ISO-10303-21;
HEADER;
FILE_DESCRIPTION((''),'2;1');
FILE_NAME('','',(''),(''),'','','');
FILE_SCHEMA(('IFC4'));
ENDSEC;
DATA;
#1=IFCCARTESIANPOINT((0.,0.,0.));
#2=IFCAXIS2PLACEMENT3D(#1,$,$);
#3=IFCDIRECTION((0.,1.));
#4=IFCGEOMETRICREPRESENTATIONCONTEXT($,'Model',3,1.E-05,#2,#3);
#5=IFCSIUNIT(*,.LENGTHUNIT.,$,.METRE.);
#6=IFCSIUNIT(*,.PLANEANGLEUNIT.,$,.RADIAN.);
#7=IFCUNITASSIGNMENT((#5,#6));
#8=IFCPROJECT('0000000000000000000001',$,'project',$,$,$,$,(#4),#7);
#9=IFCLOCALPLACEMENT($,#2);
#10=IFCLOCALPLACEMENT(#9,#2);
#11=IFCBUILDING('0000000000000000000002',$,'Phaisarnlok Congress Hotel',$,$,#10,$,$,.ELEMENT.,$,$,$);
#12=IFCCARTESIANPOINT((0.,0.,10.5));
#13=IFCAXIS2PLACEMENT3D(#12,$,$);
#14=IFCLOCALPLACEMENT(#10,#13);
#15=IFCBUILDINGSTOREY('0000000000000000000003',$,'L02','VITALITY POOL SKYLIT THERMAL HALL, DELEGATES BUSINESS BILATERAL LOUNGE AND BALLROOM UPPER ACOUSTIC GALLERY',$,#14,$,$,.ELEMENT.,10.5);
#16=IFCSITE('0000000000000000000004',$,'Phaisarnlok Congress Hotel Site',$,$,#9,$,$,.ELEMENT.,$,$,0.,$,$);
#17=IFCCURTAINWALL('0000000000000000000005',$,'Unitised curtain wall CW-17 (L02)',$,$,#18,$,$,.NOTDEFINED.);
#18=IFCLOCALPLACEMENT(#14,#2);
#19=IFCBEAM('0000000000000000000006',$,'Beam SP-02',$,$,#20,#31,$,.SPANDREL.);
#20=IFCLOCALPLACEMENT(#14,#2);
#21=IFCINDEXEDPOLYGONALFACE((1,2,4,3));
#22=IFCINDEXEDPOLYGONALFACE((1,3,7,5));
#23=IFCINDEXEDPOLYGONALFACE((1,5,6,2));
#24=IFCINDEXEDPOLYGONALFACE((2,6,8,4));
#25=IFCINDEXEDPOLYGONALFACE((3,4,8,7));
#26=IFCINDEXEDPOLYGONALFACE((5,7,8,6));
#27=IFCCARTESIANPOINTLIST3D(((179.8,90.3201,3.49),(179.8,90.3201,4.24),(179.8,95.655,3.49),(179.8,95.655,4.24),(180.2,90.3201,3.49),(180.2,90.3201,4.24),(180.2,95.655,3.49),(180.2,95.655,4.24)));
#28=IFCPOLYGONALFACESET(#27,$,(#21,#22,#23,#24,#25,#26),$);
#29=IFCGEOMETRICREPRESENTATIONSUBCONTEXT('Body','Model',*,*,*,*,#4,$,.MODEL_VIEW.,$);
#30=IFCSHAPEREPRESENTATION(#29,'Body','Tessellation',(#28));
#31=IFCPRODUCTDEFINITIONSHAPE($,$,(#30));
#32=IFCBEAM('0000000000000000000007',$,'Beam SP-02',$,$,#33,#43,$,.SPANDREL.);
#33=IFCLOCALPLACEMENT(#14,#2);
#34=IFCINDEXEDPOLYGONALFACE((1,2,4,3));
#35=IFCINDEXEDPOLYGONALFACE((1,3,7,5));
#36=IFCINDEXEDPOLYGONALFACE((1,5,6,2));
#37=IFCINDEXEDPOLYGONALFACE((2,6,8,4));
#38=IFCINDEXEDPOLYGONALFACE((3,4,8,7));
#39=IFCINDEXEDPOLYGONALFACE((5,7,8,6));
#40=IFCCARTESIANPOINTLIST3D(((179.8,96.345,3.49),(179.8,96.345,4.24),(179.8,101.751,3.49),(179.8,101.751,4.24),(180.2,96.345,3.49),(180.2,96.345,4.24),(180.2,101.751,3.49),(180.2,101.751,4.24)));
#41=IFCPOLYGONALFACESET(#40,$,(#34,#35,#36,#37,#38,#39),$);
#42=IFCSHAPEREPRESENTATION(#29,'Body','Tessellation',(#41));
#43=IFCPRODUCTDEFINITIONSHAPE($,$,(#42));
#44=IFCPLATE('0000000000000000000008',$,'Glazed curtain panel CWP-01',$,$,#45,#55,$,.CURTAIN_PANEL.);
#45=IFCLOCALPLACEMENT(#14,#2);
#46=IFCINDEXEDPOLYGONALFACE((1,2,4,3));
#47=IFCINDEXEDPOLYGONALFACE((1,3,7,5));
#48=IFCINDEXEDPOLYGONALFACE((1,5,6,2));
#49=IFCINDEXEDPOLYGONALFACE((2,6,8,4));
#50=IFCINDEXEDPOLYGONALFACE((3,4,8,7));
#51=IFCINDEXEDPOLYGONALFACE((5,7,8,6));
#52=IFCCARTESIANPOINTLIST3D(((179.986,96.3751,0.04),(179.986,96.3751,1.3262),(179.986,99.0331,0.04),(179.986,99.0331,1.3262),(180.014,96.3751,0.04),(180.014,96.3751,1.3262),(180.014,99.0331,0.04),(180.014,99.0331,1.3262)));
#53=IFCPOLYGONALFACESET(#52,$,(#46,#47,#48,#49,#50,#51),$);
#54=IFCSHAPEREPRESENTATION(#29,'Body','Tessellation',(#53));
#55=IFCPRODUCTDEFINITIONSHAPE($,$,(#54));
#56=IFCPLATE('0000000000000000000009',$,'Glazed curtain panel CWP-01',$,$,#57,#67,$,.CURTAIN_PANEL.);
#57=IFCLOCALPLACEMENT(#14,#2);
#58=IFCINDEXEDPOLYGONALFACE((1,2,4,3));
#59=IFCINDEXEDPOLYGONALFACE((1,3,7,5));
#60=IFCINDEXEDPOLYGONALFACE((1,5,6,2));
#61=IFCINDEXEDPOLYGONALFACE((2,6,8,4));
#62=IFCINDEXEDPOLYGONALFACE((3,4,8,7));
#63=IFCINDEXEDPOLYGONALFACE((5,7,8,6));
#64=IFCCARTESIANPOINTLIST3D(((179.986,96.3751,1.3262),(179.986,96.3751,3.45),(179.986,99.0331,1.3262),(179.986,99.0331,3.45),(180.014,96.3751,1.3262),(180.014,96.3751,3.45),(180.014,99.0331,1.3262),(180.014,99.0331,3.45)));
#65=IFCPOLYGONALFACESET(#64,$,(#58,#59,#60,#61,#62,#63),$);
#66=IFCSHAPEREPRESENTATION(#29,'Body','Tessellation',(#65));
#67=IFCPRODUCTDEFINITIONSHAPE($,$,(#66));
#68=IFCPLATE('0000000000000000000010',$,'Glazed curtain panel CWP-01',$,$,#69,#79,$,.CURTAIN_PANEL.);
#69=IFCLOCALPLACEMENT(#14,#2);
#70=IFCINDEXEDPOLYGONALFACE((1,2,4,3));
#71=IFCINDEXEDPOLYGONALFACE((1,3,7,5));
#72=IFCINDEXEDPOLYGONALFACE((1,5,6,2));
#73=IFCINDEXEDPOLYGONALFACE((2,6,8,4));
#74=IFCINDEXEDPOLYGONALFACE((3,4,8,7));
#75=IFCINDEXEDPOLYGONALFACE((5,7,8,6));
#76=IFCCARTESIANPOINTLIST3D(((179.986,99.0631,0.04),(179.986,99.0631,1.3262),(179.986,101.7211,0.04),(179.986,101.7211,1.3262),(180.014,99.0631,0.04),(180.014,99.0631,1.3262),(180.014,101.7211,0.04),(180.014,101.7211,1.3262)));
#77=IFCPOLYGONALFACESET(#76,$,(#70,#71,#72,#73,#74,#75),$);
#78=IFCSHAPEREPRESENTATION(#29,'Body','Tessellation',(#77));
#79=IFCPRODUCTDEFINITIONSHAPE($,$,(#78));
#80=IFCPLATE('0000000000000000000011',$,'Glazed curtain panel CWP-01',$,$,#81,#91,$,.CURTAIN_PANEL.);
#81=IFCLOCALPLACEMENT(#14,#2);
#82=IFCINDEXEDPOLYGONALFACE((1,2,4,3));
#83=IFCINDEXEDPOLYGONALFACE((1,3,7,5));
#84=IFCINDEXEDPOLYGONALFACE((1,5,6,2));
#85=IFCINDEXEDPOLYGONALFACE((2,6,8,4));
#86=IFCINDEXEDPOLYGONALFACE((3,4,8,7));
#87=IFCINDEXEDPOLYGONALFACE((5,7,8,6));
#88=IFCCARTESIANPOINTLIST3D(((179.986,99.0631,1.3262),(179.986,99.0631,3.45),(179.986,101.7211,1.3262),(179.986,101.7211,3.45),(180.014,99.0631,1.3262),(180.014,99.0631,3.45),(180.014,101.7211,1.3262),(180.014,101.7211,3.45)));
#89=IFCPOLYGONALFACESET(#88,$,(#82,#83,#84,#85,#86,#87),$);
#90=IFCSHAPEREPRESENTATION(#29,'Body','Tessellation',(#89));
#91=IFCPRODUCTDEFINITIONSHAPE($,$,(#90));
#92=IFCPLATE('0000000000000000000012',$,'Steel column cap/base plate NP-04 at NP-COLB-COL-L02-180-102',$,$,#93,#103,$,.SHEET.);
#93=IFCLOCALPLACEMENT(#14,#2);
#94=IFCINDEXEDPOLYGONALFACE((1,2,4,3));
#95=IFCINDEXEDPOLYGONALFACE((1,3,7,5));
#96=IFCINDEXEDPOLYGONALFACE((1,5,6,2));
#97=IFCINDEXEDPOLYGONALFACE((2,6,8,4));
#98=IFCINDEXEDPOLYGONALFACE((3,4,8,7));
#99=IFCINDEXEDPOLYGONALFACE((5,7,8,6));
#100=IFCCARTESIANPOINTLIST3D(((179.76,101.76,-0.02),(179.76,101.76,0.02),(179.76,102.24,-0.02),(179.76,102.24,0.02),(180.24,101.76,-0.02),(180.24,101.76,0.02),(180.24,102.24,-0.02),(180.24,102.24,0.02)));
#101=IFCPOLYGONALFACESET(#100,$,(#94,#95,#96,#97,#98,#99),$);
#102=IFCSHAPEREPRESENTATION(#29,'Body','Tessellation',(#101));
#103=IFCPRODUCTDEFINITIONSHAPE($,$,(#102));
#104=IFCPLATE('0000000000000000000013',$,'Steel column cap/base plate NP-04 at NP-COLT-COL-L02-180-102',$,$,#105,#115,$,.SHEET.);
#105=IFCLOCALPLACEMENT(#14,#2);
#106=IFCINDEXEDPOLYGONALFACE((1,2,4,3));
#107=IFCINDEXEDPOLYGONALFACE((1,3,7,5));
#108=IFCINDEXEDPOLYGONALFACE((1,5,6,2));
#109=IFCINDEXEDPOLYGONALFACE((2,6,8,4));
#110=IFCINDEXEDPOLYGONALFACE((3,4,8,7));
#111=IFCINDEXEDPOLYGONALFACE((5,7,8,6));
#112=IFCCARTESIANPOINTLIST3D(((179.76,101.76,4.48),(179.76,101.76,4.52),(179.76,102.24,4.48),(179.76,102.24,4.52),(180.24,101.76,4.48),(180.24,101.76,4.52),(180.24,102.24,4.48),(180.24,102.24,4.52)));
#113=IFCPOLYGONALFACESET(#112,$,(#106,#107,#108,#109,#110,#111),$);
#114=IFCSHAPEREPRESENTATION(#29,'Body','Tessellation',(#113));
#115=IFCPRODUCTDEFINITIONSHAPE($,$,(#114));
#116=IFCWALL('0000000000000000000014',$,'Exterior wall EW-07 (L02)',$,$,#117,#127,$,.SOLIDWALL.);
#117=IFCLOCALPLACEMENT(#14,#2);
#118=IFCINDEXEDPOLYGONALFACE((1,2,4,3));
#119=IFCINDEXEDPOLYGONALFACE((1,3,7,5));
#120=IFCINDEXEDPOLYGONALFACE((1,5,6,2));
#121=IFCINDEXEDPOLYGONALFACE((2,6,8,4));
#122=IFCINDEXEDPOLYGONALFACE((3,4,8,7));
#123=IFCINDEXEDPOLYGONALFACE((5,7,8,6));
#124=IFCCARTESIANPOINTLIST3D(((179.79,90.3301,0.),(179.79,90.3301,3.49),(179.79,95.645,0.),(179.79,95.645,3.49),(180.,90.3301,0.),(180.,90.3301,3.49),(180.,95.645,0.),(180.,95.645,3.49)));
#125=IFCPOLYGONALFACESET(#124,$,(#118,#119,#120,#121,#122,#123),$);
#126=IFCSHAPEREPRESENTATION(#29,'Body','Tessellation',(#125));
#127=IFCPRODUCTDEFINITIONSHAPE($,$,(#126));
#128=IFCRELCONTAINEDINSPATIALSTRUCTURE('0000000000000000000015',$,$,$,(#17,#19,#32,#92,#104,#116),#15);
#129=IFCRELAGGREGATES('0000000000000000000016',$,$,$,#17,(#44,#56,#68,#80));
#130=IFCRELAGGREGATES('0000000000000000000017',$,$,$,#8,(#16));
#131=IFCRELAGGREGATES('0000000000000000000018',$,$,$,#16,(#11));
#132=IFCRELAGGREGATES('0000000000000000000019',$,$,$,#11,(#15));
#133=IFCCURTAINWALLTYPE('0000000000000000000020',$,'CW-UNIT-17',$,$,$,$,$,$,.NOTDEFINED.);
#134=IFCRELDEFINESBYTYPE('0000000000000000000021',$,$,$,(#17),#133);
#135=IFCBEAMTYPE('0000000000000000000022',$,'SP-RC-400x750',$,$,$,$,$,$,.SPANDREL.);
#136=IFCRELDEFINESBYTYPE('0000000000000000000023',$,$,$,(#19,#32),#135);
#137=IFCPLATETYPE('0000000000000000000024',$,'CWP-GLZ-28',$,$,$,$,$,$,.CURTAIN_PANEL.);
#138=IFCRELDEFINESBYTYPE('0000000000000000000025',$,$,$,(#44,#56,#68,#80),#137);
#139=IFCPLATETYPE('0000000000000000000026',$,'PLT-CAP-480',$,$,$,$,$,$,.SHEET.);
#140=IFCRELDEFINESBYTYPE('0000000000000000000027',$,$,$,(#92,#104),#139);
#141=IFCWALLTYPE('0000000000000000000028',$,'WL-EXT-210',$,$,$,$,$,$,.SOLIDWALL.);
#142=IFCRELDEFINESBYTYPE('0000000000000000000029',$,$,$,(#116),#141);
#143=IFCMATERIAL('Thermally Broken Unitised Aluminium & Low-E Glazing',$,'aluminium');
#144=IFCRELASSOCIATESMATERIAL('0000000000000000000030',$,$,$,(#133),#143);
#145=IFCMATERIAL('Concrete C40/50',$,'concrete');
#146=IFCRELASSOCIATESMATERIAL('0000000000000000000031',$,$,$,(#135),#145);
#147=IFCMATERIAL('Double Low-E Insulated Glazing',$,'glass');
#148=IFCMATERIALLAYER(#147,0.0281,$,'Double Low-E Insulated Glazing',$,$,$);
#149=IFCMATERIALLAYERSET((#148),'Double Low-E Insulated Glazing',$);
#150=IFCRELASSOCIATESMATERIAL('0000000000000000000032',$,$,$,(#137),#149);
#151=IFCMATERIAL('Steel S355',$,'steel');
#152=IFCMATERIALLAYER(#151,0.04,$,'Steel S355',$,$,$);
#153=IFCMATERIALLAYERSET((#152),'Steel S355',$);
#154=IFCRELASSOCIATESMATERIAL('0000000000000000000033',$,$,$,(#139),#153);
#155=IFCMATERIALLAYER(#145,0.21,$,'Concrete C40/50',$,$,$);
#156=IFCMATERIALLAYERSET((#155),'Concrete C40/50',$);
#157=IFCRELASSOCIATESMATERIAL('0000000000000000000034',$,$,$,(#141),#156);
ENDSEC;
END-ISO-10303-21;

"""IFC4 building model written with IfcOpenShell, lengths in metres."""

from ifc_helpers import new_model, si_unit, direction, frame, frame_2d, origin, origin_2d, place, context, subcontext, project, spatial, rectangle, extrude, material, layer, layer_set, material_profile, profile_set, type_object, element, aggregate, save


model = new_model("IFC4")

# Units and contexts
model_context = context("Model", 3, precision=1e-05, world=origin(), true_north=direction((0.0, 1.0)))
body_context = subcontext(model_context, "Body", "Model", "MODEL_VIEW")
ifc_project = project(units=[si_unit("LENGTHUNIT", "METRE"), si_unit("PLANEANGLEUNIT", "RADIAN")], contexts=[model_context])

# Site, building, storey
site_placement = place(None, origin())
site = spatial("IfcSite", under=ifc_project, at=site_placement, Name="Phaisarnlok Congress Hotel Site", CompositionType="ELEMENT", RefElevation=0.0)
building_placement = place(site_placement, origin())
building = spatial("IfcBuilding", under=site, at=building_placement, Name="Phaisarnlok Congress Hotel", CompositionType="ELEMENT")
storey_placement = place(building_placement, frame((0.0, 0.0, 10.5)))
storey = spatial("IfcBuildingStorey", under=building, at=storey_placement, Name="L02", Description="VITALITY POOL SKYLIT THERMAL HALL, DELEGATES BUSINESS BILATERAL LOUNGE AND BALLROOM UPPER ACOUSTIC GALLERY", CompositionType="ELEMENT", Elevation=10.5)

# Shared definitions
ifc_material_1 = material(Name="Steel S355", Category="steel")

# Curtain wall
ifc_material_2 = material(Name="Thermally Broken Unitised Aluminium & Low-E Glazing", Category="aluminium")
curtain_wall_type = type_object("IfcCurtainWallType", Name="CW-UNIT-17", PredefinedType="NOTDEFINED", material=ifc_material_2)
curtain_wall_placement = place(storey_placement, origin())
curtain_wall = element("IfcCurtainWall", 1, at=curtain_wall_placement, inside=storey, type_object=curtain_wall_type, Name="Unitised curtain wall CW-17 (L02)", PredefinedType="NOTDEFINED")

# Beams
ifc_material_3 = material(Name="Concrete C40/50", Category="concrete")
ifc_material_profile_1 = material_profile(ifc_material_3, rectangle(XDim=0.3999, YDim=0.75, at=origin_2d()), Name="RC 400x750")
ifc_profile_set_1 = profile_set([ifc_material_profile_1], Name="Concrete C40/50")
beam_type_1 = type_object("IfcBeamType", Name="SP-RC-400x750", PredefinedType="SPANDREL", material=ifc_profile_set_1)
beam_1_placement = place(storey_placement, frame((180.0, 90.3201, 3.865), z_axis=(0.0, 1.0, 0.0), x_axis=(-1.0, 0.0, 0.0)))
element("IfcBeam", 2, at=beam_1_placement, inside=storey, type_object=beam_type_1, Name="Beam SP-02", PredefinedType="SPANDREL", context=body_context, shape_type="SweptSolid", body=[
    extrude(rectangle(XDim=0.3999, YDim=0.75, at=origin_2d()), origin(), (0.0, 0.0, 1.0), 5.335),
])
beam_2_placement = place(storey_placement, frame((180.0, 96.345, 3.865), z_axis=(0.0, 1.0, 0.0), x_axis=(-1.0, 0.0, 0.0)))
element("IfcBeam", 3, at=beam_2_placement, inside=storey, type_object=beam_type_1, Name="Beam SP-02", PredefinedType="SPANDREL", context=body_context, shape_type="SweptSolid", body=[
    extrude(rectangle(XDim=0.3999, YDim=0.75, at=origin_2d()), origin(), (0.0, 0.0, 1.0), 5.406),
])

# Plates
ifc_material_4 = material(Name="Double Low-E Insulated Glazing", Category="glass")
ifc_layer_1 = layer(ifc_material_4, 0.0281, Name="Double Low-E Insulated Glazing")
ifc_layer_set_1 = layer_set([ifc_layer_1], Name="Double Low-E Insulated Glazing")
plate_type_1 = type_object("IfcPlateType", Name="CWP-GLZ-28", PredefinedType="CURTAIN_PANEL", material=ifc_layer_set_1)
plate_1_placement = place(storey_placement, frame((180.0, 96.375, 0.04), z_axis=(0.0, 0.0, 1.0), x_axis=(0.0, 1.0, 0.0)))
plate_1 = element("IfcPlate", 4, at=plate_1_placement, type_object=plate_type_1, Name="Glazed curtain panel CWP-01", PredefinedType="CURTAIN_PANEL", context=body_context, shape_type="SweptSolid", body=[
    extrude(rectangle(XDim=2.658, YDim=0.0281, at=frame_2d((1.3291, 0.0))), origin(), (0.0, 0.0, 1.0), 1.2861),
])
plate_2_placement = place(storey_placement, frame((180.0, 96.375, 1.3262), z_axis=(0.0, 0.0, 1.0), x_axis=(0.0, 1.0, 0.0)))
plate_2 = element("IfcPlate", 5, at=plate_2_placement, type_object=plate_type_1, Name="Glazed curtain panel CWP-01", PredefinedType="CURTAIN_PANEL", context=body_context, shape_type="SweptSolid", body=[
    extrude(rectangle(XDim=2.658, YDim=0.0281, at=frame_2d((1.3291, 0.0))), origin(), (0.0, 0.0, 1.0), 2.1238),
])
plate_3_placement = place(storey_placement, frame((180.0, 99.063, 0.04), z_axis=(0.0, 0.0, 1.0), x_axis=(0.0, 1.0, 0.0)))
plate_3 = element("IfcPlate", 6, at=plate_3_placement, type_object=plate_type_1, Name="Glazed curtain panel CWP-01", PredefinedType="CURTAIN_PANEL", context=body_context, shape_type="SweptSolid", body=[
    extrude(rectangle(XDim=2.658, YDim=0.0281, at=frame_2d((1.3291, 0.0))), origin(), (0.0, 0.0, 1.0), 1.2861),
])
plate_4_placement = place(storey_placement, frame((180.0, 99.063, 1.3262), z_axis=(0.0, 0.0, 1.0), x_axis=(0.0, 1.0, 0.0)))
plate_4 = element("IfcPlate", 7, at=plate_4_placement, type_object=plate_type_1, Name="Glazed curtain panel CWP-01", PredefinedType="CURTAIN_PANEL", context=body_context, shape_type="SweptSolid", body=[
    extrude(rectangle(XDim=2.658, YDim=0.0281, at=frame_2d((1.3291, 0.0))), origin(), (0.0, 0.0, 1.0), 2.1238),
])
aggregate(curtain_wall, [plate_1, plate_2, plate_3, plate_4])

# Plates
ifc_layer_2 = layer(ifc_material_1, 0.04, Name="Steel S355")
ifc_layer_set_2 = layer_set([ifc_layer_2], Name="Steel S355")
plate_type_2 = type_object("IfcPlateType", Name="PLT-CAP-480", PredefinedType="SHEET", material=ifc_layer_set_2)
for number, where, z_axis, x_axis, name in (
    (8, (180.0, 102.0, -0.02), (0.0, 0.0, 1.0), (1.0, 0.0, 0.0), "Steel column cap/base plate NP-04 at NP-COLB-COL-L02-180-102"),
    (9, (180.0, 102.0, 4.48), (0.0, 0.0, 1.0), (1.0, 0.0, 0.0), "Steel column cap/base plate NP-04 at NP-COLT-COL-L02-180-102"),
):
    element("IfcPlate", number, at=place(storey_placement, frame(where, z_axis=z_axis, x_axis=x_axis)), inside=storey, type_object=plate_type_2, Name=name, PredefinedType="SHEET", context=body_context, shape_type="SweptSolid", body=[
        extrude(rectangle(XDim=0.48, YDim=0.48, at=origin_2d()), origin(), (0.0, 0.0, 1.0), 0.04),
    ])

# Wall
ifc_layer_3 = layer(ifc_material_3, 0.21, Name="Concrete C40/50")
ifc_layer_set_3 = layer_set([ifc_layer_3], Name="Concrete C40/50")
wall_type = type_object("IfcWallType", Name="WL-EXT-210", PredefinedType="SOLIDWALL", material=ifc_layer_set_3)
wall_placement = place(storey_placement, frame((179.895, 90.3301, 0.0), z_axis=(0.0, 0.0, 1.0), x_axis=(0.0, 1.0, 0.0)))
element("IfcWall", 10, at=wall_placement, inside=storey, type_object=wall_type, Name="Exterior wall EW-07 (L02)", PredefinedType="SOLIDWALL", context=body_context, shape_type="SweptSolid", body=[
    extrude(rectangle(XDim=5.3149, YDim=0.21, at=frame_2d((2.6575, 0.0))), origin(), (0.0, 0.0, 1.0), 3.49),
])

save(model, "model.ifc")
